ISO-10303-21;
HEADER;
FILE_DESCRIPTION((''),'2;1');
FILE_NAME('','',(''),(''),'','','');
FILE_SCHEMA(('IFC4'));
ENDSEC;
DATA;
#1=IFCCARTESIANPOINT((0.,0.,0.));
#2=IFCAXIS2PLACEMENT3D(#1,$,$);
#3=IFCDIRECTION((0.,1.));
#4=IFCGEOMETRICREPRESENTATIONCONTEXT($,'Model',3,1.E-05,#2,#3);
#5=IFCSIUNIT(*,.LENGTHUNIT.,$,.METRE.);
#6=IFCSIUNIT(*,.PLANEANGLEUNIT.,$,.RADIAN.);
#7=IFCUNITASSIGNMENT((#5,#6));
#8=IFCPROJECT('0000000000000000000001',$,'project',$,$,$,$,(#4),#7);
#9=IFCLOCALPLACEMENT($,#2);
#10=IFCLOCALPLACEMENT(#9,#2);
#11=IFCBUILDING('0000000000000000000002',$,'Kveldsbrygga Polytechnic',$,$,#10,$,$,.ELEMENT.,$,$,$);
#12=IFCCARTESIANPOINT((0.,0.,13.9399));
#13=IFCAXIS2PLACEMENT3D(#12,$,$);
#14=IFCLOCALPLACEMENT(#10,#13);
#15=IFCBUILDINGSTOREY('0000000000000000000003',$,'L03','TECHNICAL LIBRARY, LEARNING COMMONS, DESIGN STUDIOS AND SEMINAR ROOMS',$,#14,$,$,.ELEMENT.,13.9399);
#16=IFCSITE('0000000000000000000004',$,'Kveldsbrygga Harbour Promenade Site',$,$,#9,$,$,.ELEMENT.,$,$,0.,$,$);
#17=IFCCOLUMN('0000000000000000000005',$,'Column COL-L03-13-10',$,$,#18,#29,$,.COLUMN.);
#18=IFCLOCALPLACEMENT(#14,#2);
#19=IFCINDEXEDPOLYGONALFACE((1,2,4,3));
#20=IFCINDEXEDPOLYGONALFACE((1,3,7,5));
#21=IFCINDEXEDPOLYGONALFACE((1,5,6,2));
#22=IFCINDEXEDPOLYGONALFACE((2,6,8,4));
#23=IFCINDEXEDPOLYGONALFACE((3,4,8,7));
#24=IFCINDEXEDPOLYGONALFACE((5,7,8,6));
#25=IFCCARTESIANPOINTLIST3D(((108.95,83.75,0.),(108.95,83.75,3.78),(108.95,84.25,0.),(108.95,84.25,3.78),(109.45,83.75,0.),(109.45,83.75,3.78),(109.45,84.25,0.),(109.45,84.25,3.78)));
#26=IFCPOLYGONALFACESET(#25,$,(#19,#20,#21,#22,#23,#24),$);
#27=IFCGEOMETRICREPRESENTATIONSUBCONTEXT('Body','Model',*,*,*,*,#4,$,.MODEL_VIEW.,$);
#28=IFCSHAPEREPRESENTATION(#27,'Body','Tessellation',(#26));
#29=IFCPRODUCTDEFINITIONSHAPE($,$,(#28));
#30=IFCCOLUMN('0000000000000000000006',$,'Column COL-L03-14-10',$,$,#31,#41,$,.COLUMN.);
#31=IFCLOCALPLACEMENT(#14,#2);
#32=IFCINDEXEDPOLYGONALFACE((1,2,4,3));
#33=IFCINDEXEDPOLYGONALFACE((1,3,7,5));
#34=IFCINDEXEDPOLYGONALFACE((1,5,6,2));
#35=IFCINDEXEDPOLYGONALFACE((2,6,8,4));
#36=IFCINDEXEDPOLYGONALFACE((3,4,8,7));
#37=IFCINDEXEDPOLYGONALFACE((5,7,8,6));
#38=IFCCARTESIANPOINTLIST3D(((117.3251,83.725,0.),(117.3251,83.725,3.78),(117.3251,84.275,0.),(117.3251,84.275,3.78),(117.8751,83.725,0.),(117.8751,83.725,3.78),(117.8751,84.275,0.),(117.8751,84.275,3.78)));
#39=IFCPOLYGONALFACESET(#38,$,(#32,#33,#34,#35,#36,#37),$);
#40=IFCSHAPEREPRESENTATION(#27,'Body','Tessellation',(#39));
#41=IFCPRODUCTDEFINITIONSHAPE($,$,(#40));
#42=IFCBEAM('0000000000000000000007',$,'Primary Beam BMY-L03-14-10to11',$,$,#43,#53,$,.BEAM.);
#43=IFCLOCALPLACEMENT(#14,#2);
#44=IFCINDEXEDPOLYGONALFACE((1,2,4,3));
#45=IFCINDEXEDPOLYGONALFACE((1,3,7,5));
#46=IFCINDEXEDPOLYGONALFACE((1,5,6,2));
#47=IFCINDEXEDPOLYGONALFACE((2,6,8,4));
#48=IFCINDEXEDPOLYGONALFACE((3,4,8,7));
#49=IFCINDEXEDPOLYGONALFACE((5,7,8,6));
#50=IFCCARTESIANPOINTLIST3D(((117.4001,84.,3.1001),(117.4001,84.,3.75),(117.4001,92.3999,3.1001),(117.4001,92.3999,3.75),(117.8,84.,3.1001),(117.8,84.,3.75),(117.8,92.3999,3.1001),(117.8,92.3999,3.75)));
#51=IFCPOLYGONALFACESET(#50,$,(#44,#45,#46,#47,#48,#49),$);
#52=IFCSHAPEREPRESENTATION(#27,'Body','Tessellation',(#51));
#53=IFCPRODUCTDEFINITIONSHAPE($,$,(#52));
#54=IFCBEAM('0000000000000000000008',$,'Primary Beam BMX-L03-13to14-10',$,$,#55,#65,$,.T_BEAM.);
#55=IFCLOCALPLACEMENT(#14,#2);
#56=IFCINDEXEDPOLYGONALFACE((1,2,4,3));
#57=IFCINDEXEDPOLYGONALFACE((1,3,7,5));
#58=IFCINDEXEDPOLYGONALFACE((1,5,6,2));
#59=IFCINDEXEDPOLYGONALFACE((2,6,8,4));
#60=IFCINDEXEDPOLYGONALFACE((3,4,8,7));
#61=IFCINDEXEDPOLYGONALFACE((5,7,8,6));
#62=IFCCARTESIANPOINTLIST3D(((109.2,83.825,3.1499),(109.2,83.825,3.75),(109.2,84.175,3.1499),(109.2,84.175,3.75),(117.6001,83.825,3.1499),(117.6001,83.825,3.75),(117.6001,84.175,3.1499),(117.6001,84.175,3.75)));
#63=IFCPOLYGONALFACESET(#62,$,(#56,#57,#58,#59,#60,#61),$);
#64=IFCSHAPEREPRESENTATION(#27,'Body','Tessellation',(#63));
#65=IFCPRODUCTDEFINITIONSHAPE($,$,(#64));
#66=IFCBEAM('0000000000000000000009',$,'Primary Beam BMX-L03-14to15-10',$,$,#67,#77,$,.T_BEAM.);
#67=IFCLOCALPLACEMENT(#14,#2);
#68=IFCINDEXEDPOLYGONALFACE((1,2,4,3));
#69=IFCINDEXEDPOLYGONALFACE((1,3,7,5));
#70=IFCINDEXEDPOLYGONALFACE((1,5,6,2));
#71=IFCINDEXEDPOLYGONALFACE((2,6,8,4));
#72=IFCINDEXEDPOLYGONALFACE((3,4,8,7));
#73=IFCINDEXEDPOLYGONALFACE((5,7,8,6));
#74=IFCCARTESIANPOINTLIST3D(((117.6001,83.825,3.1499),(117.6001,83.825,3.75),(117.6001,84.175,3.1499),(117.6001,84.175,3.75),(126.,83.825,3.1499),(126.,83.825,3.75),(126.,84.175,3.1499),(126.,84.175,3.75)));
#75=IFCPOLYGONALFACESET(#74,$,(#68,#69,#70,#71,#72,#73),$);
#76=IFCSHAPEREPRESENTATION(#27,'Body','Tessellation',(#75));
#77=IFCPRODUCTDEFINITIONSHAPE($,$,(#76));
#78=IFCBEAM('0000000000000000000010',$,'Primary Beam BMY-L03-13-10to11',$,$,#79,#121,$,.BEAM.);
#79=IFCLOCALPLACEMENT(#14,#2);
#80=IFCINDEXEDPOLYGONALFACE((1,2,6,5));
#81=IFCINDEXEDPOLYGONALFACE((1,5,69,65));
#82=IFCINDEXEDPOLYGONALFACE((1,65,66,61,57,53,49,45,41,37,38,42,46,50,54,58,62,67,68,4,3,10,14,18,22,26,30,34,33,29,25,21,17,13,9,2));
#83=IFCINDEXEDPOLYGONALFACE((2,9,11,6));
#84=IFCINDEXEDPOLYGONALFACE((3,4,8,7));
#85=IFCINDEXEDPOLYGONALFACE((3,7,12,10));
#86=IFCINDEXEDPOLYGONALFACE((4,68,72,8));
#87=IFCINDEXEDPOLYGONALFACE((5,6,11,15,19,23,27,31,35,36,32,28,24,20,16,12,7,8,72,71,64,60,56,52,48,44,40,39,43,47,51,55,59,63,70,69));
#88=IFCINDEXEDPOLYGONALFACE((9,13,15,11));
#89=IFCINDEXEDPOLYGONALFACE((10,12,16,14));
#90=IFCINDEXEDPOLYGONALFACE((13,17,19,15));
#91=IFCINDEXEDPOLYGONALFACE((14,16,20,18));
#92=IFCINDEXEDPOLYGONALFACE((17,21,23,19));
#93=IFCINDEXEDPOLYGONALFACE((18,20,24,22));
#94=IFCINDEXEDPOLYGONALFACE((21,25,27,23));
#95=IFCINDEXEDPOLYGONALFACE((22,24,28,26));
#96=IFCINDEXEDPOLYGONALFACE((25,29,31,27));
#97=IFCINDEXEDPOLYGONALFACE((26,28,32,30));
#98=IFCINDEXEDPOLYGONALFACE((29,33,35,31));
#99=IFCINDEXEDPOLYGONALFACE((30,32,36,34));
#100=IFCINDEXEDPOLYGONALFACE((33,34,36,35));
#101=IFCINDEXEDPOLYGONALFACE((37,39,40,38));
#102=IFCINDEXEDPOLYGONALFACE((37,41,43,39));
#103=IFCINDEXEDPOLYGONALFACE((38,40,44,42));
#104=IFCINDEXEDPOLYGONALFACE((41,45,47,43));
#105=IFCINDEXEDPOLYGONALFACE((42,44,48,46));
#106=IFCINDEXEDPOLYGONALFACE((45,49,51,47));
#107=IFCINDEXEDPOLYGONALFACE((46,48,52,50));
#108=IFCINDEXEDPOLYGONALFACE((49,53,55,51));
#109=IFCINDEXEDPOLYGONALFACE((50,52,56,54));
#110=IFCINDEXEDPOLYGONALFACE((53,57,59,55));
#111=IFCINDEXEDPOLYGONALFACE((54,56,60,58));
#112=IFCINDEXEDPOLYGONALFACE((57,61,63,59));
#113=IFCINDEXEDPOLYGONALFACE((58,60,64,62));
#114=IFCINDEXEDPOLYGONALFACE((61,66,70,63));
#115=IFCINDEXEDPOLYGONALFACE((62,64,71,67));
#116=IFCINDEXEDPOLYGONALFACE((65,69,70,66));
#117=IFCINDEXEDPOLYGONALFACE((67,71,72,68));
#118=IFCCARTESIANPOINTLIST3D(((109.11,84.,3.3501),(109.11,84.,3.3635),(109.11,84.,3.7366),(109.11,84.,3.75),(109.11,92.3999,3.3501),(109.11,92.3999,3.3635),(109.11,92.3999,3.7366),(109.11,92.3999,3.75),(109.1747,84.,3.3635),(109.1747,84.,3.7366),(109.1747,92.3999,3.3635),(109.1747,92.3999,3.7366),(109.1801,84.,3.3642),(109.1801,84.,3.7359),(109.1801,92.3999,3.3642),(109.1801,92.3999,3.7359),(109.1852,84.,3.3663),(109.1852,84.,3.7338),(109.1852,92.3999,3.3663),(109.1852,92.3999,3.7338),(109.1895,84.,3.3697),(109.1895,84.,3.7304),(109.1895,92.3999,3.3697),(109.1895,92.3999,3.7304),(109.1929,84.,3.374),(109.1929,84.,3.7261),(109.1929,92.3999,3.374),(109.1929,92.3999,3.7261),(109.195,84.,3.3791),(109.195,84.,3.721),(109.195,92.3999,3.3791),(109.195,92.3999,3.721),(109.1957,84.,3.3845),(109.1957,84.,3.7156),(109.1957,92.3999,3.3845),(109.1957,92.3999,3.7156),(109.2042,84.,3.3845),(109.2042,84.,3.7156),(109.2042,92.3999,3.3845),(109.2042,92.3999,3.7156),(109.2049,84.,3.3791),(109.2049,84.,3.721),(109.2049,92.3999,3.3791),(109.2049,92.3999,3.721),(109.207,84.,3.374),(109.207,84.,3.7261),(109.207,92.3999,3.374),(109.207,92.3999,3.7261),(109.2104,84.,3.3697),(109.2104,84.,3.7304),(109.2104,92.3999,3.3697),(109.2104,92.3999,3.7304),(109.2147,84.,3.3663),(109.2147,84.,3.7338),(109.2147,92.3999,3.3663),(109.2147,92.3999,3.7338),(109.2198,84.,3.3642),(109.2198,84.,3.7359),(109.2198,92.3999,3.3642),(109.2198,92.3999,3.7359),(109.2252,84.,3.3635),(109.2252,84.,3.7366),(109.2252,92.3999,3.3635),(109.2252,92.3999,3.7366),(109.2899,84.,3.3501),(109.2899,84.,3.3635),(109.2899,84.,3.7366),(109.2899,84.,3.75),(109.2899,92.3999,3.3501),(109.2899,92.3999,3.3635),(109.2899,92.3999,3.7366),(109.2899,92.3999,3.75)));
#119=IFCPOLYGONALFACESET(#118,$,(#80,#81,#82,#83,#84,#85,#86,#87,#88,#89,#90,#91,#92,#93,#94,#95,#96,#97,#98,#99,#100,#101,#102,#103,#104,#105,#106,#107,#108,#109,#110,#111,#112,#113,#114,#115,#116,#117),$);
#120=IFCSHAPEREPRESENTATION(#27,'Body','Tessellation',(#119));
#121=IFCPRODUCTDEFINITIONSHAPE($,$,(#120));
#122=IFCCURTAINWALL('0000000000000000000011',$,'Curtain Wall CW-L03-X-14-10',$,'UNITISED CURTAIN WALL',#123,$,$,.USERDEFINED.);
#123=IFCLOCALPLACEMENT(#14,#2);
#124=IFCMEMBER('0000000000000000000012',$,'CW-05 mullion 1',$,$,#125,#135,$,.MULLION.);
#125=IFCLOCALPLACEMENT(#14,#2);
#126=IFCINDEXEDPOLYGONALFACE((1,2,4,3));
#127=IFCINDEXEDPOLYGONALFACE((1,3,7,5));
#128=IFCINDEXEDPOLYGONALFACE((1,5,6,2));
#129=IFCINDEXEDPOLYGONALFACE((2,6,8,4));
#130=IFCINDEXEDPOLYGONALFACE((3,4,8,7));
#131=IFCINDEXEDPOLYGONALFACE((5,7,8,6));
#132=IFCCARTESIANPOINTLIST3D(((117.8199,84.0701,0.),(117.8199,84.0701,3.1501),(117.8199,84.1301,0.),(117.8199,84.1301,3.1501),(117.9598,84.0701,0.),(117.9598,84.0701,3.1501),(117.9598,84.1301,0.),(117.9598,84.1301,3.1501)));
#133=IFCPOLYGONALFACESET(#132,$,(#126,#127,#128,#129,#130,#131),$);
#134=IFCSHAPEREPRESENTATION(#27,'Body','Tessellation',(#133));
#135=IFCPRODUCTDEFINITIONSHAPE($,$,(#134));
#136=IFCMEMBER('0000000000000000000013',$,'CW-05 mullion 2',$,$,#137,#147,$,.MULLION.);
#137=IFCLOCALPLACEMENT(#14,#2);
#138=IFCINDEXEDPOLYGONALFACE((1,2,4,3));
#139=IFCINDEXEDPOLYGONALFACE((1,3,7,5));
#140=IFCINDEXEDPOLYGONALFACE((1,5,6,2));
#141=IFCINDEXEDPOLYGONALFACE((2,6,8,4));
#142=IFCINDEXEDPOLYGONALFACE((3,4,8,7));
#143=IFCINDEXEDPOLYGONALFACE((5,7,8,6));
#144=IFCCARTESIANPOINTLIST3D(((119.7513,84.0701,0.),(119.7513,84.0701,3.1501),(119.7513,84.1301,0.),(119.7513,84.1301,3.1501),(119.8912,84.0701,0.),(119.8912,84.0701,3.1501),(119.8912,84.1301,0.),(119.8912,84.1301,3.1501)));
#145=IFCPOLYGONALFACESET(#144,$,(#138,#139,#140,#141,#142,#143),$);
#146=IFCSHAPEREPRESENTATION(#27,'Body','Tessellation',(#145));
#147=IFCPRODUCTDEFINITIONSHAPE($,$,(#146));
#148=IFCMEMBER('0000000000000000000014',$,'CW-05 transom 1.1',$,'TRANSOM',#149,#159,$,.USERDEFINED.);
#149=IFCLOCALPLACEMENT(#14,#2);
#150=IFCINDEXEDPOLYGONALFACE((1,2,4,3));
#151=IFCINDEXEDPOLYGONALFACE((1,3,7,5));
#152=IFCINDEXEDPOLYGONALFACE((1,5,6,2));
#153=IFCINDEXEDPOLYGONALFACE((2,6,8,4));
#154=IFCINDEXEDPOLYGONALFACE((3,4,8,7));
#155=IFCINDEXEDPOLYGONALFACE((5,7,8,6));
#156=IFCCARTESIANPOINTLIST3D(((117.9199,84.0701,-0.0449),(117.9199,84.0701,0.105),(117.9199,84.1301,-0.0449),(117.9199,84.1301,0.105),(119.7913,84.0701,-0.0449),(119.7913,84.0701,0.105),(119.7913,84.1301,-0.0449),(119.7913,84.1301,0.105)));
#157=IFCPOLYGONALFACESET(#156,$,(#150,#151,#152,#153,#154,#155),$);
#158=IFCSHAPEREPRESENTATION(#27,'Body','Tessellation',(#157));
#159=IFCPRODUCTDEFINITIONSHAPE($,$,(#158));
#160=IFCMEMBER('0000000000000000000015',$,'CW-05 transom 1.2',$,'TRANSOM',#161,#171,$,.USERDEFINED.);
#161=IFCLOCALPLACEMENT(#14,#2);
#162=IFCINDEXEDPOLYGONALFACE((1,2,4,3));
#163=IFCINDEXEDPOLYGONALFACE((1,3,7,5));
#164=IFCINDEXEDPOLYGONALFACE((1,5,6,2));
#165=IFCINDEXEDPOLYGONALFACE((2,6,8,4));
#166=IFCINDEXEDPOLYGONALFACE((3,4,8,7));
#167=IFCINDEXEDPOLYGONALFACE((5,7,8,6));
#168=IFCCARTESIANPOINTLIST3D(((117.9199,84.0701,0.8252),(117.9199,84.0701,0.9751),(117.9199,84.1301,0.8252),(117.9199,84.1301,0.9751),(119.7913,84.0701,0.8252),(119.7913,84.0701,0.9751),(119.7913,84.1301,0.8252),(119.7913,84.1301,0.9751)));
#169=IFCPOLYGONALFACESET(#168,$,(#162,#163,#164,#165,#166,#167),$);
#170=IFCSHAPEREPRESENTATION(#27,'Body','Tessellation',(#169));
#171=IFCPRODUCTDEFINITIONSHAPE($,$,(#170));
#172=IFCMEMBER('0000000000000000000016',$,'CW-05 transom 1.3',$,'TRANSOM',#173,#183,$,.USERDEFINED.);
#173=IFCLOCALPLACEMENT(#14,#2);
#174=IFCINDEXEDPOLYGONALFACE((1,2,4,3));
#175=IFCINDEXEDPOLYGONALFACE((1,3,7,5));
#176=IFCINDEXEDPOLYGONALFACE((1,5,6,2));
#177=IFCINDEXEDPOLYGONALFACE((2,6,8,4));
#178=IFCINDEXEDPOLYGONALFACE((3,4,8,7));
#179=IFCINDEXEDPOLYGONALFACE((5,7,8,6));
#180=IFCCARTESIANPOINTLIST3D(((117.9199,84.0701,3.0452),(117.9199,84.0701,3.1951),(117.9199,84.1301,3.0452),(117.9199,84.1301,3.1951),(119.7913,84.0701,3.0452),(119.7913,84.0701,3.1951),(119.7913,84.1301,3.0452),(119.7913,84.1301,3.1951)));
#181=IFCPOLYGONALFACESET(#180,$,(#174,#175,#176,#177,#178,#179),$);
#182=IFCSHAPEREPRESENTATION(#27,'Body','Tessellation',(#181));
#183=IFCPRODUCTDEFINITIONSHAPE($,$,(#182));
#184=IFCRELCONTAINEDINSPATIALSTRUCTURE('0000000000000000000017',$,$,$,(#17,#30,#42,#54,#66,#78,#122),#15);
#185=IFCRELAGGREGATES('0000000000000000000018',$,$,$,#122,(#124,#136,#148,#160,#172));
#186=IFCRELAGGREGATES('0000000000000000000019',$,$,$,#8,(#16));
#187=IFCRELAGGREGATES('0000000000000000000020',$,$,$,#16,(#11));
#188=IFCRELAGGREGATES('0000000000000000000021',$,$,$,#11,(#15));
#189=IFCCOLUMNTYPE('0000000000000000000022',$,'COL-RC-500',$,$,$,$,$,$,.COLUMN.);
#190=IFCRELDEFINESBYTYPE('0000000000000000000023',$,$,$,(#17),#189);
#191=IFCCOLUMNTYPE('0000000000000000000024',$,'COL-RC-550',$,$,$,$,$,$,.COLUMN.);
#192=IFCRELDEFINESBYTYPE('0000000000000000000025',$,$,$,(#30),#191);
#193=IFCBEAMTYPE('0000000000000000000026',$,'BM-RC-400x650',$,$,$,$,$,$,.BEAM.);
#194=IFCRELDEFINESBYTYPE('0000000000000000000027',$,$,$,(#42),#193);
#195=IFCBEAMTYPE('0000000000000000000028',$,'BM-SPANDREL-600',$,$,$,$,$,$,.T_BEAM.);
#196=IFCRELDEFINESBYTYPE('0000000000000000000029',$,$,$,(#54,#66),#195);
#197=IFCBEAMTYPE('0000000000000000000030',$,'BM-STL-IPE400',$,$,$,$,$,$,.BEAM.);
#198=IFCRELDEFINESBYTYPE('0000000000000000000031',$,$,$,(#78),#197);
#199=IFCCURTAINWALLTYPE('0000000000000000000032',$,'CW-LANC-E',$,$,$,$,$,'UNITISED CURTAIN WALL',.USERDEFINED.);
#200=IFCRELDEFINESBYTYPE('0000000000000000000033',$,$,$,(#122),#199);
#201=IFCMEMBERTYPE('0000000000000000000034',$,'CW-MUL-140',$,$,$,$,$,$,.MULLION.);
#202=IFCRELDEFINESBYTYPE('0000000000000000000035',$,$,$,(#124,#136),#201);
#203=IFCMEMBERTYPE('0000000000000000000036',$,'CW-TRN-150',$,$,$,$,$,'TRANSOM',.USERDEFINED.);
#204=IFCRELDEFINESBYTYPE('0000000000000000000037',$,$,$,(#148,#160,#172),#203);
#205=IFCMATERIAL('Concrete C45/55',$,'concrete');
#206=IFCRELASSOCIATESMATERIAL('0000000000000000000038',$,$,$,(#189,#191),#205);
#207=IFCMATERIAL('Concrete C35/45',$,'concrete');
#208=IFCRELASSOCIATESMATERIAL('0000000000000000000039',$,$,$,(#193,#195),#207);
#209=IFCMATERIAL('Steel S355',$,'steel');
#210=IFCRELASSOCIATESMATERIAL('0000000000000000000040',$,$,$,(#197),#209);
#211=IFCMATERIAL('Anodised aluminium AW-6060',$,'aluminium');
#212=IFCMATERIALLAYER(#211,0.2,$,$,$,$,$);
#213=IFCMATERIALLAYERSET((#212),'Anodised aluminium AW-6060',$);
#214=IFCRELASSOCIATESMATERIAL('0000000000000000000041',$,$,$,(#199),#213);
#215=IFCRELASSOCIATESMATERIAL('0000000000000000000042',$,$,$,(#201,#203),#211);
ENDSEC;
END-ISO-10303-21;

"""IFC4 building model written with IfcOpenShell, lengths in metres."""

from ifc_helpers import new_model, si_unit, direction, frame, origin, origin_2d, place, context, subcontext, project, spatial, rectangle, i_section, extrude, material, layer, layer_set, material_profile, profile_set, type_object, element, aggregate, save


model = new_model("IFC4")

# Units and contexts
model_context = context("Model", 3, precision=1e-05, world=origin(), true_north=direction((0.0, 1.0)))
body_context = subcontext(model_context, "Body", "Model", "MODEL_VIEW")
ifc_project = project(units=[si_unit("LENGTHUNIT", "METRE"), si_unit("PLANEANGLEUNIT", "RADIAN")], contexts=[model_context])

# Site, building, storey
site_placement = place(None, origin())
site = spatial("IfcSite", under=ifc_project, at=site_placement, Name="Kveldsbrygga Harbour Promenade Site", CompositionType="ELEMENT", RefElevation=0.0)
building_placement = place(site_placement, origin())
building = spatial("IfcBuilding", under=site, at=building_placement, Name="Kveldsbrygga Polytechnic", CompositionType="ELEMENT")
storey_placement = place(building_placement, frame((0.0, 0.0, 13.9399)))
storey = spatial("IfcBuildingStorey", under=building, at=storey_placement, Name="L03", Description="TECHNICAL LIBRARY, LEARNING COMMONS, DESIGN STUDIOS AND SEMINAR ROOMS", CompositionType="ELEMENT", Elevation=13.9399)

# Columns
ifc_material_1 = material(Name="Concrete C45/55", Category="concrete")
ifc_material_profile_1 = material_profile(ifc_material_1, rectangle(XDim=0.5, YDim=0.5, at=origin_2d()), Name="RC 500x500")
ifc_profile_set_1 = profile_set([ifc_material_profile_1], Name="Concrete C45/55")
column_type_1 = type_object("IfcColumnType", Name="COL-RC-500", PredefinedType="COLUMN", material=ifc_profile_set_1)
column_1_placement = place(storey_placement, frame((109.2, 84.0, 0.0), z_axis=(0.0, 0.0, 1.0), x_axis=(1.0, 0.0, 0.0)))
element("IfcColumn", 1, at=column_1_placement, inside=storey, type_object=column_type_1, Name="Column COL-L03-13-10", PredefinedType="COLUMN", context=body_context, shape_type="SweptSolid", body=[
    extrude(rectangle(XDim=0.5, YDim=0.5, at=origin_2d()), origin(), (0.0, 0.0, 1.0), 3.78),
])
ifc_material_profile_2 = material_profile(ifc_material_1, rectangle(XDim=0.55, YDim=0.55, at=origin_2d()), Name="RC 550x550")
ifc_profile_set_2 = profile_set([ifc_material_profile_2], Name="Concrete C45/55")
column_type_2 = type_object("IfcColumnType", Name="COL-RC-550", PredefinedType="COLUMN", material=ifc_profile_set_2)
column_2_placement = place(storey_placement, frame((117.6001, 84.0, 0.0), z_axis=(0.0, 0.0, 1.0), x_axis=(1.0, 0.0, 0.0)))
element("IfcColumn", 2, at=column_2_placement, inside=storey, type_object=column_type_2, Name="Column COL-L03-14-10", PredefinedType="COLUMN", context=body_context, shape_type="SweptSolid", body=[
    extrude(rectangle(XDim=0.55, YDim=0.55, at=origin_2d()), origin(), (0.0, 0.0, 1.0), 3.78),
])

# Beams
ifc_material_2 = material(Name="Concrete C35/45", Category="concrete")
ifc_material_profile_3 = material_profile(ifc_material_2, rectangle(XDim=0.3999, YDim=0.6499, at=origin_2d()), Name="RC 400x650")
ifc_profile_set_3 = profile_set([ifc_material_profile_3], Name="Concrete C35/45")
beam_type_1 = type_object("IfcBeamType", Name="BM-RC-400x650", PredefinedType="BEAM", material=ifc_profile_set_3)
beam_1_placement = place(storey_placement, frame((117.6001, 84.0, 3.425), z_axis=(0.0, 1.0, 0.0), x_axis=(-1.0, 0.0, 0.0)))
element("IfcBeam", 3, at=beam_1_placement, inside=storey, type_object=beam_type_1, Name="Primary Beam BMY-L03-14-10to11", PredefinedType="BEAM", context=body_context, shape_type="SweptSolid", body=[
    extrude(rectangle(XDim=0.3999, YDim=0.6499, at=origin_2d()), origin(), (0.0, 0.0, 1.0), 8.3999),
])
ifc_material_profile_4 = material_profile(ifc_material_2, rectangle(XDim=0.3501, YDim=0.6001, at=origin_2d()), Name="RC 350x600")
ifc_profile_set_4 = profile_set([ifc_material_profile_4], Name="Concrete C35/45")
beam_type_2 = type_object("IfcBeamType", Name="BM-SPANDREL-600", PredefinedType="T_BEAM", material=ifc_profile_set_4)
beam_2_placement = place(storey_placement, frame((109.2, 84.0, 3.45), z_axis=(1.0, 0.0, 0.0), x_axis=(0.0, 1.0, 0.0)))
element("IfcBeam", 4, at=beam_2_placement, inside=storey, type_object=beam_type_2, Name="Primary Beam BMX-L03-13to14-10", PredefinedType="T_BEAM", context=body_context, shape_type="SweptSolid", body=[
    extrude(rectangle(XDim=0.3501, YDim=0.6001, at=origin_2d()), origin(), (0.0, 0.0, 1.0), 8.4001),
])
beam_3_placement = place(storey_placement, frame((117.6001, 84.0, 3.45), z_axis=(1.0, 0.0, 0.0), x_axis=(0.0, 1.0, 0.0)))
element("IfcBeam", 5, at=beam_3_placement, inside=storey, type_object=beam_type_2, Name="Primary Beam BMX-L03-14to15-10", PredefinedType="T_BEAM", context=body_context, shape_type="SweptSolid", body=[
    extrude(rectangle(XDim=0.3501, YDim=0.6001, at=origin_2d()), origin(), (0.0, 0.0, 1.0), 8.3999),
])
ifc_material_3 = material(Name="Steel S355", Category="steel")
ifc_material_profile_5 = material_profile(ifc_material_3, i_section(OverallWidth=0.1799, OverallDepth=0.3999, WebThickness=0.0085, FlangeThickness=0.0134, FilletRadius=0.021, at=origin_2d()), Name="IPE 400")
ifc_profile_set_5 = profile_set([ifc_material_profile_5], Name="Steel S355")
beam_type_3 = type_object("IfcBeamType", Name="BM-STL-IPE400", PredefinedType="BEAM", material=ifc_profile_set_5)
beam_4_placement = place(storey_placement, frame((109.2, 84.0, 3.55), z_axis=(0.0, 1.0, 0.0), x_axis=(-1.0, 0.0, 0.0)))
element("IfcBeam", 6, at=beam_4_placement, inside=storey, type_object=beam_type_3, Name="Primary Beam BMY-L03-13-10to11", PredefinedType="BEAM", context=body_context, shape_type="SweptSolid", body=[
    extrude(i_section(OverallWidth=0.1799, OverallDepth=0.3999, WebThickness=0.0085, FlangeThickness=0.0134, FilletRadius=0.021, at=origin_2d()), origin(), (0.0, 0.0, 1.0), 8.3999),
])

# Curtain wall, members
ifc_material_4 = material(Name="Anodised aluminium AW-6060", Category="aluminium")
ifc_layer_1 = layer(ifc_material_4, 0.2)
ifc_layer_set_1 = layer_set([ifc_layer_1], Name="Anodised aluminium AW-6060")
curtain_wall_type = type_object("IfcCurtainWallType", Name="CW-LANC-E", ElementType="UNITISED CURTAIN WALL", PredefinedType="USERDEFINED", material=ifc_layer_set_1)
curtain_wall_placement = place(storey_placement, origin())
curtain_wall = element("IfcCurtainWall", 7, at=curtain_wall_placement, inside=storey, type_object=curtain_wall_type, Name="Curtain Wall CW-L03-X-14-10", ObjectType="UNITISED CURTAIN WALL", PredefinedType="USERDEFINED")
ifc_material_profile_6 = material_profile(ifc_material_4, rectangle(XDim=0.0601, YDim=0.1399, at=origin_2d()), Name="ALU 60x140")
ifc_profile_set_6 = profile_set([ifc_material_profile_6], Name="Anodised aluminium AW-6060")
member_type_1 = type_object("IfcMemberType", Name="CW-MUL-140", PredefinedType="MULLION", material=ifc_profile_set_6)
member_1_placement = place(storey_placement, frame((117.8899, 84.1001, 0.0), z_axis=(0.0, 0.0, 1.0), x_axis=(0.0, 1.0, 0.0)))
member_1 = element("IfcMember", 8, at=member_1_placement, type_object=member_type_1, Name="CW-05 mullion 1", PredefinedType="MULLION", context=body_context, shape_type="SweptSolid", body=[
    extrude(rectangle(XDim=0.0601, YDim=0.1399, at=origin_2d()), origin(), (0.0, 0.0, 1.0), 3.1501),
])
member_2_placement = place(storey_placement, frame((119.8213, 84.1001, 0.0), z_axis=(0.0, 0.0, 1.0), x_axis=(0.0, 1.0, 0.0)))
member_2 = element("IfcMember", 9, at=member_2_placement, type_object=member_type_1, Name="CW-05 mullion 2", PredefinedType="MULLION", context=body_context, shape_type="SweptSolid", body=[
    extrude(rectangle(XDim=0.0601, YDim=0.1399, at=origin_2d()), origin(), (0.0, 0.0, 1.0), 3.1501),
])
ifc_material_profile_7 = material_profile(ifc_material_4, rectangle(XDim=0.0601, YDim=0.1499, at=origin_2d()), Name="ALU 60x150")
ifc_profile_set_7 = profile_set([ifc_material_profile_7], Name="Anodised aluminium AW-6060")
member_type_2 = type_object("IfcMemberType", Name="CW-TRN-150", ElementType="TRANSOM", PredefinedType="USERDEFINED", material=ifc_profile_set_7)
member_3_placement = place(storey_placement, frame((117.9199, 84.1001, 0.03), z_axis=(1.0, 0.0, 0.0), x_axis=(0.0, 1.0, 0.0)))
member_3 = element("IfcMember", 10, at=member_3_placement, type_object=member_type_2, Name="CW-05 transom 1.1", ObjectType="TRANSOM", PredefinedType="USERDEFINED", context=body_context, shape_type="SweptSolid", body=[
    extrude(rectangle(XDim=0.0601, YDim=0.1499, at=origin_2d()), origin(), (0.0, 0.0, 1.0), 1.8713),
])
member_4_placement = place(storey_placement, frame((117.9199, 84.1001, 0.9001), z_axis=(1.0, 0.0, 0.0), x_axis=(0.0, 1.0, 0.0)))
member_4 = element("IfcMember", 11, at=member_4_placement, type_object=member_type_2, Name="CW-05 transom 1.2", ObjectType="TRANSOM", PredefinedType="USERDEFINED", context=body_context, shape_type="SweptSolid", body=[
    extrude(rectangle(XDim=0.0601, YDim=0.1499, at=origin_2d()), origin(), (0.0, 0.0, 1.0), 1.8713),
])
member_5_placement = place(storey_placement, frame((117.9199, 84.1001, 3.1201), z_axis=(1.0, 0.0, 0.0), x_axis=(0.0, 1.0, 0.0)))
member_5 = element("IfcMember", 12, at=member_5_placement, type_object=member_type_2, Name="CW-05 transom 1.3", ObjectType="TRANSOM", PredefinedType="USERDEFINED", context=body_context, shape_type="SweptSolid", body=[
    extrude(rectangle(XDim=0.0601, YDim=0.1499, at=origin_2d()), origin(), (0.0, 0.0, 1.0), 1.8713),
])
aggregate(curtain_wall, [member_1, member_2, member_3, member_4, member_5])

save(model, "model.ifc")
